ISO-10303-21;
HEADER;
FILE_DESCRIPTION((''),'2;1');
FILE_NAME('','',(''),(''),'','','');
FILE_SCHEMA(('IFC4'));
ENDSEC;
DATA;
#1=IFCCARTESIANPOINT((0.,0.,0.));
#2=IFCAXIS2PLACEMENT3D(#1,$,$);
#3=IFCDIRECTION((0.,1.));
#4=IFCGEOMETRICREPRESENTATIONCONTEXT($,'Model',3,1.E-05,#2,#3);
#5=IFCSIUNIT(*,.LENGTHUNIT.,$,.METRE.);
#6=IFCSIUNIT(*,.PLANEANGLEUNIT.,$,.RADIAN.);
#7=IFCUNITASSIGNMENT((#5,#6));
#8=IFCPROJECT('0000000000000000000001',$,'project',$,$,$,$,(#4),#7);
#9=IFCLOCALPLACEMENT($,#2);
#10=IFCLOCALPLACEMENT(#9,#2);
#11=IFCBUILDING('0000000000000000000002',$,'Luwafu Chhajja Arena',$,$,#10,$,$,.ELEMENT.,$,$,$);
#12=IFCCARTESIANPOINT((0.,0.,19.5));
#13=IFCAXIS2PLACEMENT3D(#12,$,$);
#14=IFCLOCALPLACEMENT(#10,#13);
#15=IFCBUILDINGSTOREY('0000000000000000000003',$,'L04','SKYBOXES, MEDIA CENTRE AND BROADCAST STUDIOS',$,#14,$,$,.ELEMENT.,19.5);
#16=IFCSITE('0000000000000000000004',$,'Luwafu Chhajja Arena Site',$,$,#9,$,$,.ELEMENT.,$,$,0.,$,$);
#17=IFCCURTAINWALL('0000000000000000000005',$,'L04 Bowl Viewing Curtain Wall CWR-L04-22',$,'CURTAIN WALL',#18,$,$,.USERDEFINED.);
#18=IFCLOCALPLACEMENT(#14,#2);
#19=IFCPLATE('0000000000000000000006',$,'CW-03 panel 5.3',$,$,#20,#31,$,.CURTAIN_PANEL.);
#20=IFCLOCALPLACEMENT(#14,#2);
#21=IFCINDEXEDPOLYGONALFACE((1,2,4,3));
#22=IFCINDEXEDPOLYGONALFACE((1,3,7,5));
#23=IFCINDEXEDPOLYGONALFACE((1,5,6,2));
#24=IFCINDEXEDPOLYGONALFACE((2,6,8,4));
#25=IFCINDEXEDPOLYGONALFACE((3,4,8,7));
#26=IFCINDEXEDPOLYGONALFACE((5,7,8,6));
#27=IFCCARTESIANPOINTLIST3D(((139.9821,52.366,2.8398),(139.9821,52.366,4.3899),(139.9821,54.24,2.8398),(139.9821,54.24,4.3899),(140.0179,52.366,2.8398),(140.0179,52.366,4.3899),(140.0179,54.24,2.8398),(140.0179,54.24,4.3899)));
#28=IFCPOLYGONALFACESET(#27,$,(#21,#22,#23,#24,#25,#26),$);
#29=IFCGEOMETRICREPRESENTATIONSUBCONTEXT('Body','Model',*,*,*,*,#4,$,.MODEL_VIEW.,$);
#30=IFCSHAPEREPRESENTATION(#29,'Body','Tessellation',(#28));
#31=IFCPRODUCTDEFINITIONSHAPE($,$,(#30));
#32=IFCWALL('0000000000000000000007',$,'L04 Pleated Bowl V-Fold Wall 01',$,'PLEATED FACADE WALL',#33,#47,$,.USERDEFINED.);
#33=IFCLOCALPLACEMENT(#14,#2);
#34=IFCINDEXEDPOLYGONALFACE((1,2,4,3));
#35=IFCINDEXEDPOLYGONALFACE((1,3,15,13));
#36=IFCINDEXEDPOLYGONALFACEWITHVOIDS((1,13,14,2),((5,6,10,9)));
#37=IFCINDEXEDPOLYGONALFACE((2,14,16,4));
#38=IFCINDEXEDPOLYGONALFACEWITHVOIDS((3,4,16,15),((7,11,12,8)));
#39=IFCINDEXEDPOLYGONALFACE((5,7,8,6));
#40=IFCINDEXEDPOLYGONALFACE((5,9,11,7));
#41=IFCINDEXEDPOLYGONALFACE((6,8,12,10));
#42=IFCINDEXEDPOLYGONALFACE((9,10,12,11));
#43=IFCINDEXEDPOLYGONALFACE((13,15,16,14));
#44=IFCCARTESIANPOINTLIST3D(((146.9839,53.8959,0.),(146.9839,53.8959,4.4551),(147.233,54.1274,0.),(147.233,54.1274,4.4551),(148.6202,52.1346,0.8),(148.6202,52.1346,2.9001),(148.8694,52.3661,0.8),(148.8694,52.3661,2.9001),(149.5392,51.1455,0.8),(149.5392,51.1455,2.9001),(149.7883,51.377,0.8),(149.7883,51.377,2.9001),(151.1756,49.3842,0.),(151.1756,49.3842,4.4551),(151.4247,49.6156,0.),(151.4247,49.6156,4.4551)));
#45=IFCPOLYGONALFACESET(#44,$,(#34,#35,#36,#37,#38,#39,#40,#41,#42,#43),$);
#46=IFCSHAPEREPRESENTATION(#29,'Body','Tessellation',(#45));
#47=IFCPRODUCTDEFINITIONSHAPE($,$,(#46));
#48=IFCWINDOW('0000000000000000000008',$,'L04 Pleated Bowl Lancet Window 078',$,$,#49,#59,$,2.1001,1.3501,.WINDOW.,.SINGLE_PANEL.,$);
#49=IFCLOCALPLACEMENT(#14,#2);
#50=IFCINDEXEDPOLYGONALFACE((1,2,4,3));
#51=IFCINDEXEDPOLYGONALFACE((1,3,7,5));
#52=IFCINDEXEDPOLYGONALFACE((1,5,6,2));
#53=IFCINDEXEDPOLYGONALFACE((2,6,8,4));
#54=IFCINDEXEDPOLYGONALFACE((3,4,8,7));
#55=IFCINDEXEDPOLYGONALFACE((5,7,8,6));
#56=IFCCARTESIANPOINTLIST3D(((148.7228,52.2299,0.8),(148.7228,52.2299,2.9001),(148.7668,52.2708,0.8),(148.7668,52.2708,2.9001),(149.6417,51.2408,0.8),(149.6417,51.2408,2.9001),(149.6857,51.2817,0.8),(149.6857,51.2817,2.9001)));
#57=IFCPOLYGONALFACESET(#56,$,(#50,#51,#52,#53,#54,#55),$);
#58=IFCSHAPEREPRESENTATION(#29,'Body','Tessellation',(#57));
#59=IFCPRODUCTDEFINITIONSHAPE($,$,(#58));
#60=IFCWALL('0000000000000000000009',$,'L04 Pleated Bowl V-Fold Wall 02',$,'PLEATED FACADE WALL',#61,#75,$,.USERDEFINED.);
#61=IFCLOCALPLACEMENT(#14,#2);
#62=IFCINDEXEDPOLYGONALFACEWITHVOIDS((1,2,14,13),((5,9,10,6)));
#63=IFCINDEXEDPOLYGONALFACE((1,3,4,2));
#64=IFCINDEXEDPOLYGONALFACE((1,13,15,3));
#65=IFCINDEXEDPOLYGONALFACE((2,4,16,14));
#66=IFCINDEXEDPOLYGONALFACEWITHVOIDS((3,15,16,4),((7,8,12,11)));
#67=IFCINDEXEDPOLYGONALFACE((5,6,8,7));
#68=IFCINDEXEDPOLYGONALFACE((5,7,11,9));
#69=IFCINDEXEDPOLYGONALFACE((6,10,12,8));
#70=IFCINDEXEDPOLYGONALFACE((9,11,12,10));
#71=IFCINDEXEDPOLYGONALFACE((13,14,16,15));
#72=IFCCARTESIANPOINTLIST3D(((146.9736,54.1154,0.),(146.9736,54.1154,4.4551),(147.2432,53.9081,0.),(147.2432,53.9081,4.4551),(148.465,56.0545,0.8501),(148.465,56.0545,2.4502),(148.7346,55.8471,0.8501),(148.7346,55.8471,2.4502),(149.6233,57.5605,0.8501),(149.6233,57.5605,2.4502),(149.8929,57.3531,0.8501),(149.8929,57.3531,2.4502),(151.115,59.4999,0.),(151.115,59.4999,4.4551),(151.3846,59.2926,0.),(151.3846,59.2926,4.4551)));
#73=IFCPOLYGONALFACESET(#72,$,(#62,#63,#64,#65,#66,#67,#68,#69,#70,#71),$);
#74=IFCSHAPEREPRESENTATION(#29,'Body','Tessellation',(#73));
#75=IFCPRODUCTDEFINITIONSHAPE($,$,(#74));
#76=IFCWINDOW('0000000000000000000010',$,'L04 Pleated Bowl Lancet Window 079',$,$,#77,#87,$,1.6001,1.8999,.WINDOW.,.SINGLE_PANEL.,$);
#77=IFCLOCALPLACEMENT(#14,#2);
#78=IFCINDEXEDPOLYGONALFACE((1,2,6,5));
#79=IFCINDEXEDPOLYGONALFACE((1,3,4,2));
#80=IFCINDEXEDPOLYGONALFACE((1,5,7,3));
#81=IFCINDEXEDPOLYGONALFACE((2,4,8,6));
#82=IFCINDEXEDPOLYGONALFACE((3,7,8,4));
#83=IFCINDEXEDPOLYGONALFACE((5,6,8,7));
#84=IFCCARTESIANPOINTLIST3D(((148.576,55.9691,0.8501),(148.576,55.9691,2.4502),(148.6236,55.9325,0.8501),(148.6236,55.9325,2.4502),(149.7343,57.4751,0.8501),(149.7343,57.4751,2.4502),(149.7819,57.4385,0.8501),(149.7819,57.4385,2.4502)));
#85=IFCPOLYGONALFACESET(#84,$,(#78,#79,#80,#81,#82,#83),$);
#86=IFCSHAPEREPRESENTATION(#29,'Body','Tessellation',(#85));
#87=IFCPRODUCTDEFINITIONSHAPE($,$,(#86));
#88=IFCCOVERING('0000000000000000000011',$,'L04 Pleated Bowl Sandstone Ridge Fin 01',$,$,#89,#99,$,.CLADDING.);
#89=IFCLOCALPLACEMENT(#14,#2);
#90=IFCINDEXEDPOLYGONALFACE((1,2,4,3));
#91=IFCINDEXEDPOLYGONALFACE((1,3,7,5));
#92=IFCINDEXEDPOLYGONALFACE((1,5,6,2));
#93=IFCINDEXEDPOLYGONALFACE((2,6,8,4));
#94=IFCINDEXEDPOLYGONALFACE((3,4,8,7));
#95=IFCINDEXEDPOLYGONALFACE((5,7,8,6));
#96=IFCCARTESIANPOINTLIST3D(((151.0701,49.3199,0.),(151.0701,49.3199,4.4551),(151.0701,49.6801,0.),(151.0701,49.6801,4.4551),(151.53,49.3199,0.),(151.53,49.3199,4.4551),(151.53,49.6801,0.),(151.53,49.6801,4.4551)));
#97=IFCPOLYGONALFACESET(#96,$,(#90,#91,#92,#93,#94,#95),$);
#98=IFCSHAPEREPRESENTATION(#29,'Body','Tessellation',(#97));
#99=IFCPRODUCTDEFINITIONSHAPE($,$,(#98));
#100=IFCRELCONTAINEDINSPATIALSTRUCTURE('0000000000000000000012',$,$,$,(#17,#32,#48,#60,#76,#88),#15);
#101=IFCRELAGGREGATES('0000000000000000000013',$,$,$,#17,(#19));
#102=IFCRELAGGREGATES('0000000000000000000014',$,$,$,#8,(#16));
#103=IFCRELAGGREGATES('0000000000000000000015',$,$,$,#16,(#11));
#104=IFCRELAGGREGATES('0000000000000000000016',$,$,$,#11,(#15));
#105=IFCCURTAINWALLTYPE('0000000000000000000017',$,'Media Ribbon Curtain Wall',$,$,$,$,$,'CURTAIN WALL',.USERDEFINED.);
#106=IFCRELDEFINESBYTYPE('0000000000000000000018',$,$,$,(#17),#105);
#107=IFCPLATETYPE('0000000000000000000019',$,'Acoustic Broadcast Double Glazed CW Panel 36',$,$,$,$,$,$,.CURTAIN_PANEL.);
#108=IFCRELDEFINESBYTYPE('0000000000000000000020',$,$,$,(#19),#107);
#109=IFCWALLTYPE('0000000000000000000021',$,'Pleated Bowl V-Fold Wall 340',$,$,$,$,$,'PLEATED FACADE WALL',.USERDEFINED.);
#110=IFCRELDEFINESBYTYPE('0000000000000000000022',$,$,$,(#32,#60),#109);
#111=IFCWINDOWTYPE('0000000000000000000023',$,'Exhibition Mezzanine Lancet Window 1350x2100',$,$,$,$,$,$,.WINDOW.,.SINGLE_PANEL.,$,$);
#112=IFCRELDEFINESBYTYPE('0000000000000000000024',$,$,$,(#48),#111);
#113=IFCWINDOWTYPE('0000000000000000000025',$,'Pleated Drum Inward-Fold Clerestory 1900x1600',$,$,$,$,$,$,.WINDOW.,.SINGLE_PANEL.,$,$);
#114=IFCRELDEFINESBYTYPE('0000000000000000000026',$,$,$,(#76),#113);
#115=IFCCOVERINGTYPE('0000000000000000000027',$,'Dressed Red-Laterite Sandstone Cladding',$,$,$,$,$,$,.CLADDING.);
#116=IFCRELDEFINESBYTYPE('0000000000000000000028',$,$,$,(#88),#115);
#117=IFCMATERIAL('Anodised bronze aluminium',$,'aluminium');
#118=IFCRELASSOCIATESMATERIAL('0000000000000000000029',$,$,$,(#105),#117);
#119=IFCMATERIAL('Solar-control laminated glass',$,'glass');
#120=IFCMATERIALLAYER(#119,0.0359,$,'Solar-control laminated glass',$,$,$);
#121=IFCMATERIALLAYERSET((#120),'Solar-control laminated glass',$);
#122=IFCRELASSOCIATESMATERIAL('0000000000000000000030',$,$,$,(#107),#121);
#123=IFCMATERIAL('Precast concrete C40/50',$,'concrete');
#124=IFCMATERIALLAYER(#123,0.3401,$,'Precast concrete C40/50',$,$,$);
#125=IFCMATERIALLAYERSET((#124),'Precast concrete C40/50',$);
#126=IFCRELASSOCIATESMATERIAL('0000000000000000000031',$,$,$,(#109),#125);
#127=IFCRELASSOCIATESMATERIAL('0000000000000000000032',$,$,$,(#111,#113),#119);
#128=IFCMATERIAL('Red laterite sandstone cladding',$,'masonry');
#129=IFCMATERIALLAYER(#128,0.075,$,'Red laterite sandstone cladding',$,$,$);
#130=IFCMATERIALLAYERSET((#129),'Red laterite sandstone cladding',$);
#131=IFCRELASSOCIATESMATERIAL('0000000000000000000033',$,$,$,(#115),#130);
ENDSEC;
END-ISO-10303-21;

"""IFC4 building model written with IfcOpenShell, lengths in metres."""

from ifc_helpers import new_model, si_unit, direction, frame, frame_2d, origin, origin_2d, place, context, subcontext, project, spatial, rectangle, extrude, material, layer, layer_set, type_object, element, fill, aggregate, save


model = new_model("IFC4")

# Units and contexts
model_context = context("Model", 3, precision=1e-05, world=origin(), true_north=direction((0.0, 1.0)))
body_context = subcontext(model_context, "Body", "Model", "MODEL_VIEW")
ifc_project = project(units=[si_unit("LENGTHUNIT", "METRE"), si_unit("PLANEANGLEUNIT", "RADIAN")], contexts=[model_context])

# Site, building, storey
site_placement = place(None, origin())
site = spatial("IfcSite", under=ifc_project, at=site_placement, Name="Luwafu Chhajja Arena Site", CompositionType="ELEMENT", RefElevation=0.0)
building_placement = place(site_placement, origin())
building = spatial("IfcBuilding", under=site, at=building_placement, Name="Luwafu Chhajja Arena", CompositionType="ELEMENT")
storey_placement = place(building_placement, frame((0.0, 0.0, 19.5)))
storey = spatial("IfcBuildingStorey", under=building, at=storey_placement, Name="L04", Description="SKYBOXES, MEDIA CENTRE AND BROADCAST STUDIOS", CompositionType="ELEMENT", Elevation=19.5)

# Curtain wall
ifc_material_1 = material(Name="Anodised bronze aluminium", Category="aluminium")
curtain_wall_type = type_object("IfcCurtainWallType", Name="Media Ribbon Curtain Wall", ElementType="CURTAIN WALL", PredefinedType="USERDEFINED", material=ifc_material_1)
curtain_wall_1_placement = place(storey_placement, origin())
curtain_wall_1 = element("IfcCurtainWall", 1, at=curtain_wall_1_placement, inside=storey, type_object=curtain_wall_type, Name="L04 Bowl Viewing Curtain Wall CWR-L04-22", ObjectType="CURTAIN WALL", PredefinedType="USERDEFINED")

# Plate
ifc_material_2 = material(Name="Solar-control laminated glass", Category="glass")
ifc_layer_1 = layer(ifc_material_2, 0.0359, Name="Solar-control laminated glass")
ifc_layer_set_1 = layer_set([ifc_layer_1], Name="Solar-control laminated glass")
plate_type = type_object("IfcPlateType", Name="Acoustic Broadcast Double Glazed CW Panel 36", PredefinedType="CURTAIN_PANEL", material=ifc_layer_set_1)
plate_1_placement = place(storey_placement, frame((140.0, 53.303, 2.8398), z_axis=(0.0, 0.0, 1.0), x_axis=(0.0, 1.0, 0.0)))
plate_1 = element("IfcPlate", 2, at=plate_1_placement, type_object=plate_type, Name="CW-03 panel 5.3", PredefinedType="CURTAIN_PANEL", context=body_context, shape_type="SweptSolid", body=[
    extrude(rectangle(XDim=1.874, YDim=0.0359, at=origin_2d()), origin(), (0.0, 0.0, 1.0), 1.55),
])
aggregate(curtain_wall_1, [plate_1])

# Walls, openings, windows
ifc_material_3 = material(Name="Precast concrete C40/50", Category="concrete")
ifc_layer_2 = layer(ifc_material_3, 0.3401, Name="Precast concrete C40/50")
ifc_layer_set_2 = layer_set([ifc_layer_2], Name="Precast concrete C40/50")
wall_type = type_object("IfcWallType", Name="Pleated Bowl V-Fold Wall 340", ElementType="PLEATED FACADE WALL", PredefinedType="USERDEFINED", material=ifc_layer_set_2)
wall_1_placement = place(storey_placement, frame((151.3, 49.5, 0.0), z_axis=(0.0, 0.0, 1.0), x_axis=(-0.680643, 0.732616, 0.0)))
wall_1 = element("IfcWall", 3, at=wall_1_placement, inside=storey, type_object=wall_type, Name="L04 Pleated Bowl V-Fold Wall 01", ObjectType="PLEATED FACADE WALL", PredefinedType="USERDEFINED", context=body_context, shape_type="SweptSolid", body=[
    extrude(rectangle(XDim=6.1584, YDim=0.3401, at=frame_2d((3.0791, 0.0))), origin(), (0.0, 0.0, 1.0), 4.4551),
])
opening_1_placement = place(wall_1_placement, frame((2.4041, 0.0, 0.8)))
opening_1 = element("IfcOpeningElement", 4, at=opening_1_placement, cuts=wall_1, PredefinedType="OPENING", context=body_context, shape_type="SweptSolid", body=[
    extrude(rectangle(XDim=1.3501, YDim=2.1001, at=frame_2d((0.675, 1.05))), frame((0.0, 0.1799, 0.0), z_axis=(0.0, -1.0, 0.0), x_axis=(1.0, 0.0, 0.0)), (0.0, 0.0, 1.0), 0.3601),
])
window_type_1 = type_object("IfcWindowType", Name="Exhibition Mezzanine Lancet Window 1350x2100", PartitioningType="SINGLE_PANEL", PredefinedType="WINDOW", material=ifc_material_2)
window_1_placement = place(opening_1_placement, origin())
window_1 = element("IfcWindow", 5, at=window_1_placement, inside=storey, type_object=window_type_1, Name="L04 Pleated Bowl Lancet Window 078", OverallHeight=2.1001, OverallWidth=1.3501, PartitioningType="SINGLE_PANEL", PredefinedType="WINDOW", context=body_context, shape_type="SweptSolid", body=[
    extrude(rectangle(XDim=1.3501, YDim=2.1001, at=frame_2d((0.675, 1.05))), frame((0.0, 0.03, 0.0), z_axis=(0.0, -1.0, 0.0), x_axis=(1.0, 0.0, 0.0)), (0.0, 0.0, 1.0), 0.0601),
])
fill(opening_1, window_1)
wall_2_placement = place(storey_placement, frame((147.1084, 54.0117, 0.0), z_axis=(0.0, 0.0, 1.0), x_axis=(0.609657, 0.792665, 0.0)))
wall_2 = element("IfcWall", 6, at=wall_2_placement, inside=storey, type_object=wall_type, Name="L04 Pleated Bowl V-Fold Wall 02", ObjectType="PLEATED FACADE WALL", PredefinedType="USERDEFINED", context=body_context, shape_type="SweptSolid", body=[
    extrude(rectangle(XDim=6.793, YDim=0.3401, at=frame_2d((3.3965, 0.0))), origin(), (0.0, 0.0, 1.0), 4.4551),
])
opening_2_placement = place(wall_2_placement, frame((2.4463, 0.0, 0.8501)))
opening_2 = element("IfcOpeningElement", 7, at=opening_2_placement, cuts=wall_2, PredefinedType="OPENING", context=body_context, shape_type="SweptSolid", body=[
    extrude(rectangle(XDim=1.8999, YDim=1.6001, at=frame_2d((0.95, 0.8))), frame((0.0, 0.1799, 0.0), z_axis=(0.0, -1.0, 0.0), x_axis=(1.0, 0.0, 0.0)), (0.0, 0.0, 1.0), 0.3601),
])
window_type_2 = type_object("IfcWindowType", Name="Pleated Drum Inward-Fold Clerestory 1900x1600", PartitioningType="SINGLE_PANEL", PredefinedType="WINDOW", material=ifc_material_2)
window_2_placement = place(opening_2_placement, origin())
window_2 = element("IfcWindow", 8, at=window_2_placement, inside=storey, type_object=window_type_2, Name="L04 Pleated Bowl Lancet Window 079", OverallHeight=1.6001, OverallWidth=1.8999, PartitioningType="SINGLE_PANEL", PredefinedType="WINDOW", context=body_context, shape_type="SweptSolid", body=[
    extrude(rectangle(XDim=1.8999, YDim=1.6001, at=frame_2d((0.95, 0.8))), frame((0.0, 0.03, 0.0), z_axis=(0.0, -1.0, 0.0), x_axis=(1.0, 0.0, 0.0)), (0.0, 0.0, 1.0), 0.0601),
])
fill(opening_2, window_2)

# Covering
ifc_material_4 = material(Name="Red laterite sandstone cladding", Category="masonry")
ifc_layer_3 = layer(ifc_material_4, 0.075, Name="Red laterite sandstone cladding")
ifc_layer_set_3 = layer_set([ifc_layer_3], Name="Red laterite sandstone cladding")
covering_type = type_object("IfcCoveringType", Name="Dressed Red-Laterite Sandstone Cladding", PredefinedType="CLADDING", material=ifc_layer_set_3)
covering_placement = place(storey_placement, frame((151.3, 49.5, 0.0), z_axis=(0.0, 0.0, 1.0), x_axis=(1.0, 0.0, 0.0)))
element("IfcCovering", 9, at=covering_placement, inside=storey, type_object=covering_type, Name="L04 Pleated Bowl Sandstone Ridge Fin 01", PredefinedType="CLADDING", context=body_context, shape_type="SweptSolid", body=[
    extrude(rectangle(XDim=0.46, YDim=0.3601, at=origin_2d()), origin(), (0.0, 0.0, 1.0), 4.4551),
])

save(model, "model.ifc")
